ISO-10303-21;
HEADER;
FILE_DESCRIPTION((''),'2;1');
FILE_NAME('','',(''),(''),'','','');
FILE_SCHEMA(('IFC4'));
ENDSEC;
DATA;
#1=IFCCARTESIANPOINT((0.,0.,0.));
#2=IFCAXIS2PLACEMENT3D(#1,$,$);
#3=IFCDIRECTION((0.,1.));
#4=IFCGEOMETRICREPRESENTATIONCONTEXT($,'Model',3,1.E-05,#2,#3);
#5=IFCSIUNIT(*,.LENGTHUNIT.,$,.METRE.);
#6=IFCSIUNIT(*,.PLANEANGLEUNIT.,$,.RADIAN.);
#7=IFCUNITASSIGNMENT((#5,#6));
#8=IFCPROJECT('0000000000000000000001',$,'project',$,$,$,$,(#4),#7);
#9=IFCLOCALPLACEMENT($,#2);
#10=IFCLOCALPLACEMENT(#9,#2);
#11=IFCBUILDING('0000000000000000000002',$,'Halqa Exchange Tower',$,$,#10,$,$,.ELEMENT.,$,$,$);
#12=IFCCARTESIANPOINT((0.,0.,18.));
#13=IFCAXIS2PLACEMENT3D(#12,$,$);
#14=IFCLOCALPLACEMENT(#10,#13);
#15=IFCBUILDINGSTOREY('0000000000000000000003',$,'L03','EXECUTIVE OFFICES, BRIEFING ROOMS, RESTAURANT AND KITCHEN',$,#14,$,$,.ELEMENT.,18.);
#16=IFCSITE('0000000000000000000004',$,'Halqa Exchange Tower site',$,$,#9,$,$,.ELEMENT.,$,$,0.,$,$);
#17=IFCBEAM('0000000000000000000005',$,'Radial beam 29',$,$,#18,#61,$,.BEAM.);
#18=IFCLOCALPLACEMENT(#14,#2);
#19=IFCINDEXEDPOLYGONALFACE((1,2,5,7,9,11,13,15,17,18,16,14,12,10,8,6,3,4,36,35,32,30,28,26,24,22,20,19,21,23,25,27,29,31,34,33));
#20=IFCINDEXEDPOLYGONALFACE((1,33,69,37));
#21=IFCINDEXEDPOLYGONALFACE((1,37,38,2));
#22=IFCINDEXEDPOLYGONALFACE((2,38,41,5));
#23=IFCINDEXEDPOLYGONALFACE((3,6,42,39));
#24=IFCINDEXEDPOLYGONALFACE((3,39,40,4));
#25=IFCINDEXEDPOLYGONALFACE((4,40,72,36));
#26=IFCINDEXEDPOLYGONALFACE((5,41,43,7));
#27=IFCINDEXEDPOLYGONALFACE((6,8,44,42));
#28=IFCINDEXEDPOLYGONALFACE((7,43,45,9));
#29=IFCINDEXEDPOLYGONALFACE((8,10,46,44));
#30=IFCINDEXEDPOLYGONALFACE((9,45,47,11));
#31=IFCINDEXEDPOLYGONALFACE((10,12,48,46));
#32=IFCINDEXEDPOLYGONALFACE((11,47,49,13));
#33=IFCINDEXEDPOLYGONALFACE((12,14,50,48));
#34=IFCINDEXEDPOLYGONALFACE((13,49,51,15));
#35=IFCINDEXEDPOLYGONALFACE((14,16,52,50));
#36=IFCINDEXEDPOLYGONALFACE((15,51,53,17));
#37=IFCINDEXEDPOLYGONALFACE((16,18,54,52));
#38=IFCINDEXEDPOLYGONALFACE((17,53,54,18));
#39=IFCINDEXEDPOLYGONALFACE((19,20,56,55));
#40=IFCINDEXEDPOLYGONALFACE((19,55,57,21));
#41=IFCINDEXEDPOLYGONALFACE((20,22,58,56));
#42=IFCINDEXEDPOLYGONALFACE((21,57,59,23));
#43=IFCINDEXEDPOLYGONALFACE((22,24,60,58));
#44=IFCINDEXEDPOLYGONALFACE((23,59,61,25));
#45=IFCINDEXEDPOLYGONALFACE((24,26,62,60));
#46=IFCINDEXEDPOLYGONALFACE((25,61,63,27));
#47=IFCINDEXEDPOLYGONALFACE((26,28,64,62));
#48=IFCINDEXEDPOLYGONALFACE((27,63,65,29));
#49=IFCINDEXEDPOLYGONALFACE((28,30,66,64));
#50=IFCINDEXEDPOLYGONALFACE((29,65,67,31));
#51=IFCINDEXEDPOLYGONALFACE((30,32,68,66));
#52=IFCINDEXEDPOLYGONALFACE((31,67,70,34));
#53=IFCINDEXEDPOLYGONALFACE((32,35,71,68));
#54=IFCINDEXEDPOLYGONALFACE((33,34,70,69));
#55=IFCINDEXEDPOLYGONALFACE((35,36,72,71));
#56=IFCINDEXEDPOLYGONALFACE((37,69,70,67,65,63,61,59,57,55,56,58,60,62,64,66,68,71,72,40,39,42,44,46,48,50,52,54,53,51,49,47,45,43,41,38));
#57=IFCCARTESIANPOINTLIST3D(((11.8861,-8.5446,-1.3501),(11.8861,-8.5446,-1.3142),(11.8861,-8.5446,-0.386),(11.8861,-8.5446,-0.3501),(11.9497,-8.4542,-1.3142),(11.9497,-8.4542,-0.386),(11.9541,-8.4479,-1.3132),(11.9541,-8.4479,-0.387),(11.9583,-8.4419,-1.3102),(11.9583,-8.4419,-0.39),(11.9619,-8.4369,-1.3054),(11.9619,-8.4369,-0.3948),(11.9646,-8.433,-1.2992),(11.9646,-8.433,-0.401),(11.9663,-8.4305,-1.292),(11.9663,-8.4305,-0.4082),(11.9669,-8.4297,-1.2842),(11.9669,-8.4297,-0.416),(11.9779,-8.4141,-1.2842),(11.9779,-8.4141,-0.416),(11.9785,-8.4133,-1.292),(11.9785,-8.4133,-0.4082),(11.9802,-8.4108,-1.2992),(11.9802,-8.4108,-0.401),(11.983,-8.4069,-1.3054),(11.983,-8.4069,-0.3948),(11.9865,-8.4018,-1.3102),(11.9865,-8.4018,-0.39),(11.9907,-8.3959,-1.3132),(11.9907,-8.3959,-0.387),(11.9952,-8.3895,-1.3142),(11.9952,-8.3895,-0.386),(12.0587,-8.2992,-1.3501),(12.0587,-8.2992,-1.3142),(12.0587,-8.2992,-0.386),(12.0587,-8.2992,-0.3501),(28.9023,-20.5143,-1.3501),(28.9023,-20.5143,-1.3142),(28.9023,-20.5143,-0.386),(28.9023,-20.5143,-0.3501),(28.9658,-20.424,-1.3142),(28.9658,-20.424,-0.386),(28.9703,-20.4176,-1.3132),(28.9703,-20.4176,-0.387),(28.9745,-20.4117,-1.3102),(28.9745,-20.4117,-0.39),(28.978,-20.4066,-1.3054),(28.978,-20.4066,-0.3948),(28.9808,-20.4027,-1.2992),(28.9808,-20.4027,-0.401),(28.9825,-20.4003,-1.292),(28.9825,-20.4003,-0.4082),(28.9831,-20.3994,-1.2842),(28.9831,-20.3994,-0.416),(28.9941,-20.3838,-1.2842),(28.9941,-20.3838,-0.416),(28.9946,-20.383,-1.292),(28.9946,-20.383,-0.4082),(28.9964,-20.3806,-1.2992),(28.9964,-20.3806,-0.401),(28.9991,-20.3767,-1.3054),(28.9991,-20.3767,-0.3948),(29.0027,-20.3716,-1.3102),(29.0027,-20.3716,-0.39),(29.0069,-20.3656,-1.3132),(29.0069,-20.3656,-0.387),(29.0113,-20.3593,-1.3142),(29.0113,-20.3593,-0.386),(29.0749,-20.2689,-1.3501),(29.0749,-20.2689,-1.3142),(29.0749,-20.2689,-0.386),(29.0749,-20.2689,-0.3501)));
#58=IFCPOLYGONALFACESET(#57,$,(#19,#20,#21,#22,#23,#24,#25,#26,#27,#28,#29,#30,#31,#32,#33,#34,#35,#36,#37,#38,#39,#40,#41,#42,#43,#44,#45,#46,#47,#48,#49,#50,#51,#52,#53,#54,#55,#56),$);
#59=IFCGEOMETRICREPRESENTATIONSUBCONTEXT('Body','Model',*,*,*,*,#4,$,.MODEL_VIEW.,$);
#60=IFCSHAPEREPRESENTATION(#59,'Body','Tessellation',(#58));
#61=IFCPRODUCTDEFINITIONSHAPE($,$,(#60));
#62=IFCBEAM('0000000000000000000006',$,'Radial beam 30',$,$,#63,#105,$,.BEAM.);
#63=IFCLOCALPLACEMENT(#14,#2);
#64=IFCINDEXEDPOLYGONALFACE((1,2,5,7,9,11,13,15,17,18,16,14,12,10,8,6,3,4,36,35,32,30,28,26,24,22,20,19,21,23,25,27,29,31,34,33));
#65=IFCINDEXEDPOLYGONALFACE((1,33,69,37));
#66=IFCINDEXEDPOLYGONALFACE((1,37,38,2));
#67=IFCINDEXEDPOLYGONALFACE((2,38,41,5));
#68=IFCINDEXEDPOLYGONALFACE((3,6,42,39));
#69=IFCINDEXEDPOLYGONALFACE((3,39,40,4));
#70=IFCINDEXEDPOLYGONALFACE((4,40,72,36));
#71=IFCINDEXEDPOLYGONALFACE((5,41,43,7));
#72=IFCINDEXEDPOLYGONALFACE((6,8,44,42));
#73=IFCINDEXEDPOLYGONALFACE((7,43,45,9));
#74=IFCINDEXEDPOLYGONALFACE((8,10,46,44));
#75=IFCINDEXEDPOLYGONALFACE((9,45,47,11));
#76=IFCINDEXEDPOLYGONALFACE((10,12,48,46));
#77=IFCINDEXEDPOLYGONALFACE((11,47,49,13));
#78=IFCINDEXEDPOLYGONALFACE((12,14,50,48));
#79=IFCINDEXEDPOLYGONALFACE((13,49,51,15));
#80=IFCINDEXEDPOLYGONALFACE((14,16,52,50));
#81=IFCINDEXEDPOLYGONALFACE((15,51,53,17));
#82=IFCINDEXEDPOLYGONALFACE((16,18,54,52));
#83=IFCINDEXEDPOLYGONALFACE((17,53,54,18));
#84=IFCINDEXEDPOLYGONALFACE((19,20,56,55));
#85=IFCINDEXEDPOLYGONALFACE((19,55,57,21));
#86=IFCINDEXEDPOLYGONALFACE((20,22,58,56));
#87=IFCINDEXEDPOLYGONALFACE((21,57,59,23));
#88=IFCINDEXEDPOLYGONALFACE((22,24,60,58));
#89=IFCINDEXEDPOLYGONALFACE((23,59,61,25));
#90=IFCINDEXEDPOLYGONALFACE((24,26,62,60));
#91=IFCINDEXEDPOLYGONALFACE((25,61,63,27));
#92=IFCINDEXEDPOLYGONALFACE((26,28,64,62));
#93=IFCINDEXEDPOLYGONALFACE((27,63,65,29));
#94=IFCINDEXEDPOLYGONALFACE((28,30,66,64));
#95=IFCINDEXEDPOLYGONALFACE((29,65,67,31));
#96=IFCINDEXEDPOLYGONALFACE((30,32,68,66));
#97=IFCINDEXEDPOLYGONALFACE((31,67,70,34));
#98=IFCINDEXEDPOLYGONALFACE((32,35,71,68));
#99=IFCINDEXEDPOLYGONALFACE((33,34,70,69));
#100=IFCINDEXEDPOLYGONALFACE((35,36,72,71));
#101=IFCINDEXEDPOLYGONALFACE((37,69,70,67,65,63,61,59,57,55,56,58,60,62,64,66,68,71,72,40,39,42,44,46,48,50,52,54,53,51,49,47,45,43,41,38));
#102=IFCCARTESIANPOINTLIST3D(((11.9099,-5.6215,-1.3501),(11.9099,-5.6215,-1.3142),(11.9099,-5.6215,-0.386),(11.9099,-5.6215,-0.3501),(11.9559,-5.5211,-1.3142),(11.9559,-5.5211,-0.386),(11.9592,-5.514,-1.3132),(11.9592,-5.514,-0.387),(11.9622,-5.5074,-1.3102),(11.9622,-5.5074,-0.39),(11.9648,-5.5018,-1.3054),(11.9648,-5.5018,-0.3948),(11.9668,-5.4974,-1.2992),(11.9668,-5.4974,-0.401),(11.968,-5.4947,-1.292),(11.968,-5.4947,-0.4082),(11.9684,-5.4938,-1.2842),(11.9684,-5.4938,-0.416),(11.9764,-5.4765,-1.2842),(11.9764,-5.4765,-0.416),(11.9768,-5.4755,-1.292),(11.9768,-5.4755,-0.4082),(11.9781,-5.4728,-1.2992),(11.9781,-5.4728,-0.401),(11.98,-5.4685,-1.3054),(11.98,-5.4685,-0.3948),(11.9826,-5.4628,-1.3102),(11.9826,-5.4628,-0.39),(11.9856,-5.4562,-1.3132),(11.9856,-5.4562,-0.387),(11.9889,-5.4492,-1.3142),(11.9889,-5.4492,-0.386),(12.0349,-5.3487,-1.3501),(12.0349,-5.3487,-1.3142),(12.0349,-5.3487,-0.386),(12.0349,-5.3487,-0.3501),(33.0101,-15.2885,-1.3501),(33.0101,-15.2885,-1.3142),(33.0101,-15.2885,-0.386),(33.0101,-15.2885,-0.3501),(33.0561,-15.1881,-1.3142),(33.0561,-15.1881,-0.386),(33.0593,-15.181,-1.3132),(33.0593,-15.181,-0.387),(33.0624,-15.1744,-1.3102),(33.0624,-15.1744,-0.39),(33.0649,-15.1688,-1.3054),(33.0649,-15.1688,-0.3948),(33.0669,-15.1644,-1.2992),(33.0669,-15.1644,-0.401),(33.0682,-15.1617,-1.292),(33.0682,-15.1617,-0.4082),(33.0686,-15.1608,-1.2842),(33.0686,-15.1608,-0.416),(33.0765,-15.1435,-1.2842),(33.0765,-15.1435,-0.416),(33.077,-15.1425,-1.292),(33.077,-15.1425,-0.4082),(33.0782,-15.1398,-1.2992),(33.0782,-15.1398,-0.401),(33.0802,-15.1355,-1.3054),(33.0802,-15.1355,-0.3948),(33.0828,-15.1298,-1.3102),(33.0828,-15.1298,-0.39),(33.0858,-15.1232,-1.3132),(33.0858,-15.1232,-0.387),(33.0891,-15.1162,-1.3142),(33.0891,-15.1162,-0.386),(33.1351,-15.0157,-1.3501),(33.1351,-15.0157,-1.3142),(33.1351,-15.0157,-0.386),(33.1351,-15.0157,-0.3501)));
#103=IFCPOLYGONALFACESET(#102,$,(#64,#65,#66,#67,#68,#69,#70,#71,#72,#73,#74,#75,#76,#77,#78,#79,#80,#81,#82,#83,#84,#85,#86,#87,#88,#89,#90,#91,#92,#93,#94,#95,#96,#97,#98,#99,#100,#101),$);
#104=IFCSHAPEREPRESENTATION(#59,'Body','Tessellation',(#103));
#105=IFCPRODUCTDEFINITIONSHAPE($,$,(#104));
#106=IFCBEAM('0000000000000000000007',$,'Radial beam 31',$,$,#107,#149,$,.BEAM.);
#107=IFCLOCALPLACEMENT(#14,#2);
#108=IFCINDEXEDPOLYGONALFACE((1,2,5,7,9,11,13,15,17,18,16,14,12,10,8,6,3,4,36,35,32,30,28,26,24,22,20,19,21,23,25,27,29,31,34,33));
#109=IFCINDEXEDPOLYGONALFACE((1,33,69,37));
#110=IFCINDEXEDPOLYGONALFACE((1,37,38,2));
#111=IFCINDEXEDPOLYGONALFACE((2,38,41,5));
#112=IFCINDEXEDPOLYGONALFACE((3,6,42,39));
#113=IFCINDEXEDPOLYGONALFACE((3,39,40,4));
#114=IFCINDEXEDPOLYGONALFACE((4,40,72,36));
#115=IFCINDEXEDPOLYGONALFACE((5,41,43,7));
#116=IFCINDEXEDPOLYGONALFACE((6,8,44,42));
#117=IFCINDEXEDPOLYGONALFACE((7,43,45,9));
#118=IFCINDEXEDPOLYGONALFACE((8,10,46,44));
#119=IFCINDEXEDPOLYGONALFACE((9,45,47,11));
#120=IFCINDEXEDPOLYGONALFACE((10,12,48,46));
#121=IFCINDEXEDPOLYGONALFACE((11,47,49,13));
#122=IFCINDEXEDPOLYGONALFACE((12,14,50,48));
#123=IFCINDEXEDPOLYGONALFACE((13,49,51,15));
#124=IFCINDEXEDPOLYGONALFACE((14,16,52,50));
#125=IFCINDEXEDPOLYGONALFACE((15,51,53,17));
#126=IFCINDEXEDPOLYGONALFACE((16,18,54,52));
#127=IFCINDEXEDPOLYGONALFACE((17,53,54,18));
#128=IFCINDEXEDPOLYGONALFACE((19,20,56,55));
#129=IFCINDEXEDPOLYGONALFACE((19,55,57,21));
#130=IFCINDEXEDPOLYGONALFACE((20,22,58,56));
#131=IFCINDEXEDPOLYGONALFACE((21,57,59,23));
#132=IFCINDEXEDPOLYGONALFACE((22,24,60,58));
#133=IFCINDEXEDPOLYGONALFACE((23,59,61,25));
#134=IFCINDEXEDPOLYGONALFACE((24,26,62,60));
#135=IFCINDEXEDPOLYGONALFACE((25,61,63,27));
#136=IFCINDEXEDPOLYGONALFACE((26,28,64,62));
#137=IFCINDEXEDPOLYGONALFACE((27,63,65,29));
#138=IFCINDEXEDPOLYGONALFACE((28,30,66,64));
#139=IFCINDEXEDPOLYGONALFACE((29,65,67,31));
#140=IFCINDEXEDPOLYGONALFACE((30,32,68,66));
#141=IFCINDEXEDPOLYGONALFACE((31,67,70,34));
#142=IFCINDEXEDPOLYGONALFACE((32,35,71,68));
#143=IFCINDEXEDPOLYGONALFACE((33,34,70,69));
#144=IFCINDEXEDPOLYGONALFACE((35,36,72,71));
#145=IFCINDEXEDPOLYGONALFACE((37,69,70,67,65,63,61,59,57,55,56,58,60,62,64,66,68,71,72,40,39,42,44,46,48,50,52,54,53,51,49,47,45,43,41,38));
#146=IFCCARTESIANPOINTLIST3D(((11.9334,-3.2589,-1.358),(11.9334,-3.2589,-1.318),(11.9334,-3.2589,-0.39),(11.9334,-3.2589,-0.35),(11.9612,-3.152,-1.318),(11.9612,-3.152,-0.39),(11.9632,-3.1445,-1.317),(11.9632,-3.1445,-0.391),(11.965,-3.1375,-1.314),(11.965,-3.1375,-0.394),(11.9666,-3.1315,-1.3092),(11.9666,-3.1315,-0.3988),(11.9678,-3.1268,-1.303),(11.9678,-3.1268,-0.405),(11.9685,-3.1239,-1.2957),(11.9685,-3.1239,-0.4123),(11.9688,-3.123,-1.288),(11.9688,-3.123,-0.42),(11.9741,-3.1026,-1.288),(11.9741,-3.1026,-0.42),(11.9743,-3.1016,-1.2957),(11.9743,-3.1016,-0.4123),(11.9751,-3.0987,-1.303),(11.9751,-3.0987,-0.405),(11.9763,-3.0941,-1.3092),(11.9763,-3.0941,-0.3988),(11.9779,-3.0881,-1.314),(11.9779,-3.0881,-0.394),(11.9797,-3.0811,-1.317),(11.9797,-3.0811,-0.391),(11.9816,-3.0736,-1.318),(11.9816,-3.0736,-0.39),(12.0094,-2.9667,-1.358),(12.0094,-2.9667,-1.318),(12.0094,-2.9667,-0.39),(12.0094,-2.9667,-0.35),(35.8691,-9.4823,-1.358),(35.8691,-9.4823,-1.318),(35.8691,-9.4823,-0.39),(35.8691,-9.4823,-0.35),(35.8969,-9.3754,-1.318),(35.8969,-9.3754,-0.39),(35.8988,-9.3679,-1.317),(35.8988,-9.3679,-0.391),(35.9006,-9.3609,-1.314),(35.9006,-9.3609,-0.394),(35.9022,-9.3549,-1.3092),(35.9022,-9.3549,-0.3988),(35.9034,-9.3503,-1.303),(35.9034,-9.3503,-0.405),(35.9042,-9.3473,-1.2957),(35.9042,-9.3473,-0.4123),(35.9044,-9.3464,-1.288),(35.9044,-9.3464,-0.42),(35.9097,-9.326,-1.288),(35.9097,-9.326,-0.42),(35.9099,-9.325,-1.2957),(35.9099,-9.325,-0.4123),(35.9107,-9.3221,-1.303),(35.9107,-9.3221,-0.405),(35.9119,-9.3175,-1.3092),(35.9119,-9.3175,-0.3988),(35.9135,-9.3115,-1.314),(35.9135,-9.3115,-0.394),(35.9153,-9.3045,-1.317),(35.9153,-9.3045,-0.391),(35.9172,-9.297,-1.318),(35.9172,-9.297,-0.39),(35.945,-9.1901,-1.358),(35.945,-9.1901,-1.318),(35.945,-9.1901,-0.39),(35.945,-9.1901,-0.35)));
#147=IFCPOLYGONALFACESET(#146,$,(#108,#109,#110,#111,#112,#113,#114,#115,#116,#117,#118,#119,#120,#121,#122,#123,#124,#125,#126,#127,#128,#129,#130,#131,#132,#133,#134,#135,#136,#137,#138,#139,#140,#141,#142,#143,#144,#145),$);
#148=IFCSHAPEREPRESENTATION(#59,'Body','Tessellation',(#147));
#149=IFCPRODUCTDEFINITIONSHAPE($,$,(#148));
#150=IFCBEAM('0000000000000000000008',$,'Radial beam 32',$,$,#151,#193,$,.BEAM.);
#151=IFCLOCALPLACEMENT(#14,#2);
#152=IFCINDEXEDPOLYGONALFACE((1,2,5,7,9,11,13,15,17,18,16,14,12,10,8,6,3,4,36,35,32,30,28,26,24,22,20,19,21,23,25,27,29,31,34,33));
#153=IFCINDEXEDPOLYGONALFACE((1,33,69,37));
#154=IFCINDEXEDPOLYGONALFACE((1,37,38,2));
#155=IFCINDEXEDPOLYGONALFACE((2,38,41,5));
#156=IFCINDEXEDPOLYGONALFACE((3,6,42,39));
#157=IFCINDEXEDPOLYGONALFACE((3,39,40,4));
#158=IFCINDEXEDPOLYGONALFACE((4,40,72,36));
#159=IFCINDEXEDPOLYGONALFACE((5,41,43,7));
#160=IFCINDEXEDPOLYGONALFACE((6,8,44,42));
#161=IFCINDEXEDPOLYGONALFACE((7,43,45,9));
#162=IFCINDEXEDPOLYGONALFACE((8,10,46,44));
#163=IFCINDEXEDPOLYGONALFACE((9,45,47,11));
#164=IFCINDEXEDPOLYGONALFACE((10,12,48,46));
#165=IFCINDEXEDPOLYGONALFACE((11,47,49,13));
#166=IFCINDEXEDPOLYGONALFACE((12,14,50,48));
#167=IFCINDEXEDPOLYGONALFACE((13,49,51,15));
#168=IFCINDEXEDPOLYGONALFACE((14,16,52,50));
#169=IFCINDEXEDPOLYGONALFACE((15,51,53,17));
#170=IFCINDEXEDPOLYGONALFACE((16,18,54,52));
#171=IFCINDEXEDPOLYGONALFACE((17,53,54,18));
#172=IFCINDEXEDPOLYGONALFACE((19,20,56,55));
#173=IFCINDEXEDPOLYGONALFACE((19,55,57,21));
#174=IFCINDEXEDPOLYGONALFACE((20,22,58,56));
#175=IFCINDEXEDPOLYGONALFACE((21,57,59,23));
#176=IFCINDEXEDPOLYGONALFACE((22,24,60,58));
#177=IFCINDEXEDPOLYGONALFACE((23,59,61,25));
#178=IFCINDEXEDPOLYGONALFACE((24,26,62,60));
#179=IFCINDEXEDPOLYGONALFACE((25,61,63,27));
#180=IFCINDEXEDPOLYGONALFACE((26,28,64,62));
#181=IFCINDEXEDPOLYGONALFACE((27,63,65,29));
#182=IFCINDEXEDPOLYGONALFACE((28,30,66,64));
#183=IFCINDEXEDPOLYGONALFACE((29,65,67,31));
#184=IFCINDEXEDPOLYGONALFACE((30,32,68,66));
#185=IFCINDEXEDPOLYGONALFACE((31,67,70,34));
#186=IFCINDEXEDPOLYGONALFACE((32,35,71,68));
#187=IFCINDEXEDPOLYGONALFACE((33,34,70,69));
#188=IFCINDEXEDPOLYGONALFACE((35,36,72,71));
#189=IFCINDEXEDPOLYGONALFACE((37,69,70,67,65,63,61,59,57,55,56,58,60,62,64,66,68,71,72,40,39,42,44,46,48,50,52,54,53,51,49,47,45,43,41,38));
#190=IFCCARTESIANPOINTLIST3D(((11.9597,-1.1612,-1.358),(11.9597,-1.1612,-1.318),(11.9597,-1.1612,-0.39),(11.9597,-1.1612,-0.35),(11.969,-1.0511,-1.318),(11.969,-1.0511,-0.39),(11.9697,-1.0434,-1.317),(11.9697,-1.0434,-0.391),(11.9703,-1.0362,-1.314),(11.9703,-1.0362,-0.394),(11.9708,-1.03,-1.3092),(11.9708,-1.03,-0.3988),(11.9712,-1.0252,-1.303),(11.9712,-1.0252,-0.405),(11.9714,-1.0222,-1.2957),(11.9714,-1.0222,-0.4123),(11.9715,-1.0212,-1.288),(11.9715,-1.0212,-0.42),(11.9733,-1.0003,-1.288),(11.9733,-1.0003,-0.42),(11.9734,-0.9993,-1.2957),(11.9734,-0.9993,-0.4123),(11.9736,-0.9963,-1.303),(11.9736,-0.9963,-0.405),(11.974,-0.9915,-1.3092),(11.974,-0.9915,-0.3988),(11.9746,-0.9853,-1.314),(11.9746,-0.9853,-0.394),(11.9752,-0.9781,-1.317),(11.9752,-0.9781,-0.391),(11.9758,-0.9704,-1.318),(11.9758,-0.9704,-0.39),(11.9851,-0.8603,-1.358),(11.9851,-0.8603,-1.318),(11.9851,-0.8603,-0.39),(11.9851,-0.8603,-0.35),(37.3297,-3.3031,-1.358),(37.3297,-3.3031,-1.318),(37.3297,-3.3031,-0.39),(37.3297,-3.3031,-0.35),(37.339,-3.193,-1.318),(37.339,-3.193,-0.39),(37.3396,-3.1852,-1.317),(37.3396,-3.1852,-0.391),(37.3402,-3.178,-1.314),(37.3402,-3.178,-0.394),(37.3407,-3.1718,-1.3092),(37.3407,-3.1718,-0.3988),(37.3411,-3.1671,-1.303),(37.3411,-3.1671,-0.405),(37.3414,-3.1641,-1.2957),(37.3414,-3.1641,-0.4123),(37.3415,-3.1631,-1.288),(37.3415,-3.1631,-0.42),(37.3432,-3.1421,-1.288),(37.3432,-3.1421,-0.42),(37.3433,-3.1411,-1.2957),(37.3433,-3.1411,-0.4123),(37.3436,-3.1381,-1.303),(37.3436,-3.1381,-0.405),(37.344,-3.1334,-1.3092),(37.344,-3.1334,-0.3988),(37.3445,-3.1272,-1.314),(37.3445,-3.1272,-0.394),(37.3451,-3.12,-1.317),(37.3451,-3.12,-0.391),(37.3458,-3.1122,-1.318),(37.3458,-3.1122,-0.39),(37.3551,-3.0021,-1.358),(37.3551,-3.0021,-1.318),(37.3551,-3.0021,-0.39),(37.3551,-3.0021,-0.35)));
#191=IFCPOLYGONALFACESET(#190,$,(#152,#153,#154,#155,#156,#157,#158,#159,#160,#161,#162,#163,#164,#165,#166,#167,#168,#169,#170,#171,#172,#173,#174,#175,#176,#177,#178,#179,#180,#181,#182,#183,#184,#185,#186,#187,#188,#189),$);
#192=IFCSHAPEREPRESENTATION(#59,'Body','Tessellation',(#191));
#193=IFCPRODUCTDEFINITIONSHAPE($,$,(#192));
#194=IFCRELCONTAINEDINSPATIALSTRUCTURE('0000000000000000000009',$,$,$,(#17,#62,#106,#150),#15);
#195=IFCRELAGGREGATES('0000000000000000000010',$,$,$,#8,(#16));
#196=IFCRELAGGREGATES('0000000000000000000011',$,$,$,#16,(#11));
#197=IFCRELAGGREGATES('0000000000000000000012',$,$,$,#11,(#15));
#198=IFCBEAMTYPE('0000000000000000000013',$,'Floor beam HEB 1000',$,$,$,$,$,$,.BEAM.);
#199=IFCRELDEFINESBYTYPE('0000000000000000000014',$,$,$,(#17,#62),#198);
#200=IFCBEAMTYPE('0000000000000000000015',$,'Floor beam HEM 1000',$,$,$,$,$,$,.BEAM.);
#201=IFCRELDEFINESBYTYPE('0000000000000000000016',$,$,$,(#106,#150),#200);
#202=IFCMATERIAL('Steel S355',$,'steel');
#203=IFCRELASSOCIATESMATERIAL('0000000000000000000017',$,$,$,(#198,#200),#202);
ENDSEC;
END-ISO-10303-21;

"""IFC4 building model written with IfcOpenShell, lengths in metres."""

from ifc_helpers import new_model, si_unit, direction, frame, origin, origin_2d, place, context, subcontext, project, spatial, i_section, extrude, material, material_profile, profile_set, type_object, element, save


model = new_model("IFC4")

# Units and contexts
model_context = context("Model", 3, precision=1e-05, world=origin(), true_north=direction((0.0, 1.0)))
body_context = subcontext(model_context, "Body", "Model", "MODEL_VIEW")
ifc_project = project(units=[si_unit("LENGTHUNIT", "METRE"), si_unit("PLANEANGLEUNIT", "RADIAN")], contexts=[model_context])

# Site, building, storey
site_placement = place(None, origin())
site = spatial("IfcSite", under=ifc_project, at=site_placement, Name="Halqa Exchange Tower site", CompositionType="ELEMENT", RefElevation=0.0)
building_placement = place(site_placement, origin())
building = spatial("IfcBuilding", under=site, at=building_placement, Name="Halqa Exchange Tower", CompositionType="ELEMENT")
storey_placement = place(building_placement, frame((0.0, 0.0, 18.0)))
storey = spatial("IfcBuildingStorey", under=building, at=storey_placement, Name="L03", Description="EXECUTIVE OFFICES, BRIEFING ROOMS, RESTAURANT AND KITCHEN", CompositionType="ELEMENT", Elevation=18.0)

# Beams
ifc_material_1 = material(Name="Steel S355", Category="steel")
ifc_material_profile_1 = material_profile(ifc_material_1, i_section(OverallWidth=0.3, OverallDepth=1.0, WebThickness=0.019, FlangeThickness=0.0359, FilletRadius=0.03, at=origin_2d()), Name="HEB 1000")
ifc_profile_set_1 = profile_set([ifc_material_profile_1], Name="Steel S355")
beam_type_1 = type_object("IfcBeamType", Name="Floor beam HEB 1000", PredefinedType="BEAM", material=ifc_profile_set_1)
beam_1_placement = place(storey_placement, frame((11.9724, -8.4219, -0.8501), z_axis=(0.81791, -0.575346, 0.0), x_axis=(0.575346, 0.81791, 0.0)))
element("IfcBeam", 1, at=beam_1_placement, inside=storey, type_object=beam_type_1, Name="Radial beam 29", PredefinedType="BEAM", context=body_context, shape_type="SweptSolid", body=[
    extrude(i_section(OverallWidth=0.3, OverallDepth=1.0, WebThickness=0.019, FlangeThickness=0.0359, FilletRadius=0.03, at=origin_2d()), origin(), (0.0, 0.0, 1.0), 20.8044),
])
beam_2_placement = place(storey_placement, frame((11.9724, -5.4851, -0.8501), z_axis=(0.909128, -0.416516, 0.0), x_axis=(0.416516, 0.909128, 0.0)))
element("IfcBeam", 2, at=beam_2_placement, inside=storey, type_object=beam_type_1, Name="Radial beam 30", PredefinedType="BEAM", context=body_context, shape_type="SweptSolid", body=[
    extrude(i_section(OverallWidth=0.3, OverallDepth=1.0, WebThickness=0.019, FlangeThickness=0.0359, FilletRadius=0.03, at=origin_2d()), origin(), (0.0, 0.0, 1.0), 23.2092),
])
ifc_material_profile_2 = material_profile(ifc_material_1, i_section(OverallWidth=0.302, OverallDepth=1.0081, WebThickness=0.021, FlangeThickness=0.04, FilletRadius=0.03, at=origin_2d()), Name="HEM 1000")
ifc_profile_set_2 = profile_set([ifc_material_profile_2], Name="Steel S355")
beam_type_2 = type_object("IfcBeamType", Name="Floor beam HEM 1000", PredefinedType="BEAM", material=ifc_profile_set_2)
beam_3_placement = place(storey_placement, frame((11.9714, -3.1128, -0.854), z_axis=(0.967821, -0.251639, 0.0), x_axis=(0.251639, 0.967821, 0.0)))
element("IfcBeam", 3, at=beam_3_placement, inside=storey, type_object=beam_type_2, Name="Radial beam 31", PredefinedType="BEAM", context=body_context, shape_type="SweptSolid", body=[
    extrude(i_section(OverallWidth=0.302, OverallDepth=1.0081, WebThickness=0.021, FlangeThickness=0.04, FilletRadius=0.03, at=origin_2d()), origin(), (0.0, 0.0, 1.0), 24.7314),
])
beam_4_placement = place(storey_placement, frame((11.9724, -1.0107, -0.854), z_axis=(0.996455, -0.084125, 0.0), x_axis=(0.084125, 0.996455, 0.0)))
element("IfcBeam", 4, at=beam_4_placement, inside=storey, type_object=beam_type_2, Name="Radial beam 32", PredefinedType="BEAM", context=body_context, shape_type="SweptSolid", body=[
    extrude(i_section(OverallWidth=0.302, OverallDepth=1.0081, WebThickness=0.021, FlangeThickness=0.04, FilletRadius=0.03, at=origin_2d()), origin(), (0.0, 0.0, 1.0), 25.4602),
])

save(model, "model.ifc")
